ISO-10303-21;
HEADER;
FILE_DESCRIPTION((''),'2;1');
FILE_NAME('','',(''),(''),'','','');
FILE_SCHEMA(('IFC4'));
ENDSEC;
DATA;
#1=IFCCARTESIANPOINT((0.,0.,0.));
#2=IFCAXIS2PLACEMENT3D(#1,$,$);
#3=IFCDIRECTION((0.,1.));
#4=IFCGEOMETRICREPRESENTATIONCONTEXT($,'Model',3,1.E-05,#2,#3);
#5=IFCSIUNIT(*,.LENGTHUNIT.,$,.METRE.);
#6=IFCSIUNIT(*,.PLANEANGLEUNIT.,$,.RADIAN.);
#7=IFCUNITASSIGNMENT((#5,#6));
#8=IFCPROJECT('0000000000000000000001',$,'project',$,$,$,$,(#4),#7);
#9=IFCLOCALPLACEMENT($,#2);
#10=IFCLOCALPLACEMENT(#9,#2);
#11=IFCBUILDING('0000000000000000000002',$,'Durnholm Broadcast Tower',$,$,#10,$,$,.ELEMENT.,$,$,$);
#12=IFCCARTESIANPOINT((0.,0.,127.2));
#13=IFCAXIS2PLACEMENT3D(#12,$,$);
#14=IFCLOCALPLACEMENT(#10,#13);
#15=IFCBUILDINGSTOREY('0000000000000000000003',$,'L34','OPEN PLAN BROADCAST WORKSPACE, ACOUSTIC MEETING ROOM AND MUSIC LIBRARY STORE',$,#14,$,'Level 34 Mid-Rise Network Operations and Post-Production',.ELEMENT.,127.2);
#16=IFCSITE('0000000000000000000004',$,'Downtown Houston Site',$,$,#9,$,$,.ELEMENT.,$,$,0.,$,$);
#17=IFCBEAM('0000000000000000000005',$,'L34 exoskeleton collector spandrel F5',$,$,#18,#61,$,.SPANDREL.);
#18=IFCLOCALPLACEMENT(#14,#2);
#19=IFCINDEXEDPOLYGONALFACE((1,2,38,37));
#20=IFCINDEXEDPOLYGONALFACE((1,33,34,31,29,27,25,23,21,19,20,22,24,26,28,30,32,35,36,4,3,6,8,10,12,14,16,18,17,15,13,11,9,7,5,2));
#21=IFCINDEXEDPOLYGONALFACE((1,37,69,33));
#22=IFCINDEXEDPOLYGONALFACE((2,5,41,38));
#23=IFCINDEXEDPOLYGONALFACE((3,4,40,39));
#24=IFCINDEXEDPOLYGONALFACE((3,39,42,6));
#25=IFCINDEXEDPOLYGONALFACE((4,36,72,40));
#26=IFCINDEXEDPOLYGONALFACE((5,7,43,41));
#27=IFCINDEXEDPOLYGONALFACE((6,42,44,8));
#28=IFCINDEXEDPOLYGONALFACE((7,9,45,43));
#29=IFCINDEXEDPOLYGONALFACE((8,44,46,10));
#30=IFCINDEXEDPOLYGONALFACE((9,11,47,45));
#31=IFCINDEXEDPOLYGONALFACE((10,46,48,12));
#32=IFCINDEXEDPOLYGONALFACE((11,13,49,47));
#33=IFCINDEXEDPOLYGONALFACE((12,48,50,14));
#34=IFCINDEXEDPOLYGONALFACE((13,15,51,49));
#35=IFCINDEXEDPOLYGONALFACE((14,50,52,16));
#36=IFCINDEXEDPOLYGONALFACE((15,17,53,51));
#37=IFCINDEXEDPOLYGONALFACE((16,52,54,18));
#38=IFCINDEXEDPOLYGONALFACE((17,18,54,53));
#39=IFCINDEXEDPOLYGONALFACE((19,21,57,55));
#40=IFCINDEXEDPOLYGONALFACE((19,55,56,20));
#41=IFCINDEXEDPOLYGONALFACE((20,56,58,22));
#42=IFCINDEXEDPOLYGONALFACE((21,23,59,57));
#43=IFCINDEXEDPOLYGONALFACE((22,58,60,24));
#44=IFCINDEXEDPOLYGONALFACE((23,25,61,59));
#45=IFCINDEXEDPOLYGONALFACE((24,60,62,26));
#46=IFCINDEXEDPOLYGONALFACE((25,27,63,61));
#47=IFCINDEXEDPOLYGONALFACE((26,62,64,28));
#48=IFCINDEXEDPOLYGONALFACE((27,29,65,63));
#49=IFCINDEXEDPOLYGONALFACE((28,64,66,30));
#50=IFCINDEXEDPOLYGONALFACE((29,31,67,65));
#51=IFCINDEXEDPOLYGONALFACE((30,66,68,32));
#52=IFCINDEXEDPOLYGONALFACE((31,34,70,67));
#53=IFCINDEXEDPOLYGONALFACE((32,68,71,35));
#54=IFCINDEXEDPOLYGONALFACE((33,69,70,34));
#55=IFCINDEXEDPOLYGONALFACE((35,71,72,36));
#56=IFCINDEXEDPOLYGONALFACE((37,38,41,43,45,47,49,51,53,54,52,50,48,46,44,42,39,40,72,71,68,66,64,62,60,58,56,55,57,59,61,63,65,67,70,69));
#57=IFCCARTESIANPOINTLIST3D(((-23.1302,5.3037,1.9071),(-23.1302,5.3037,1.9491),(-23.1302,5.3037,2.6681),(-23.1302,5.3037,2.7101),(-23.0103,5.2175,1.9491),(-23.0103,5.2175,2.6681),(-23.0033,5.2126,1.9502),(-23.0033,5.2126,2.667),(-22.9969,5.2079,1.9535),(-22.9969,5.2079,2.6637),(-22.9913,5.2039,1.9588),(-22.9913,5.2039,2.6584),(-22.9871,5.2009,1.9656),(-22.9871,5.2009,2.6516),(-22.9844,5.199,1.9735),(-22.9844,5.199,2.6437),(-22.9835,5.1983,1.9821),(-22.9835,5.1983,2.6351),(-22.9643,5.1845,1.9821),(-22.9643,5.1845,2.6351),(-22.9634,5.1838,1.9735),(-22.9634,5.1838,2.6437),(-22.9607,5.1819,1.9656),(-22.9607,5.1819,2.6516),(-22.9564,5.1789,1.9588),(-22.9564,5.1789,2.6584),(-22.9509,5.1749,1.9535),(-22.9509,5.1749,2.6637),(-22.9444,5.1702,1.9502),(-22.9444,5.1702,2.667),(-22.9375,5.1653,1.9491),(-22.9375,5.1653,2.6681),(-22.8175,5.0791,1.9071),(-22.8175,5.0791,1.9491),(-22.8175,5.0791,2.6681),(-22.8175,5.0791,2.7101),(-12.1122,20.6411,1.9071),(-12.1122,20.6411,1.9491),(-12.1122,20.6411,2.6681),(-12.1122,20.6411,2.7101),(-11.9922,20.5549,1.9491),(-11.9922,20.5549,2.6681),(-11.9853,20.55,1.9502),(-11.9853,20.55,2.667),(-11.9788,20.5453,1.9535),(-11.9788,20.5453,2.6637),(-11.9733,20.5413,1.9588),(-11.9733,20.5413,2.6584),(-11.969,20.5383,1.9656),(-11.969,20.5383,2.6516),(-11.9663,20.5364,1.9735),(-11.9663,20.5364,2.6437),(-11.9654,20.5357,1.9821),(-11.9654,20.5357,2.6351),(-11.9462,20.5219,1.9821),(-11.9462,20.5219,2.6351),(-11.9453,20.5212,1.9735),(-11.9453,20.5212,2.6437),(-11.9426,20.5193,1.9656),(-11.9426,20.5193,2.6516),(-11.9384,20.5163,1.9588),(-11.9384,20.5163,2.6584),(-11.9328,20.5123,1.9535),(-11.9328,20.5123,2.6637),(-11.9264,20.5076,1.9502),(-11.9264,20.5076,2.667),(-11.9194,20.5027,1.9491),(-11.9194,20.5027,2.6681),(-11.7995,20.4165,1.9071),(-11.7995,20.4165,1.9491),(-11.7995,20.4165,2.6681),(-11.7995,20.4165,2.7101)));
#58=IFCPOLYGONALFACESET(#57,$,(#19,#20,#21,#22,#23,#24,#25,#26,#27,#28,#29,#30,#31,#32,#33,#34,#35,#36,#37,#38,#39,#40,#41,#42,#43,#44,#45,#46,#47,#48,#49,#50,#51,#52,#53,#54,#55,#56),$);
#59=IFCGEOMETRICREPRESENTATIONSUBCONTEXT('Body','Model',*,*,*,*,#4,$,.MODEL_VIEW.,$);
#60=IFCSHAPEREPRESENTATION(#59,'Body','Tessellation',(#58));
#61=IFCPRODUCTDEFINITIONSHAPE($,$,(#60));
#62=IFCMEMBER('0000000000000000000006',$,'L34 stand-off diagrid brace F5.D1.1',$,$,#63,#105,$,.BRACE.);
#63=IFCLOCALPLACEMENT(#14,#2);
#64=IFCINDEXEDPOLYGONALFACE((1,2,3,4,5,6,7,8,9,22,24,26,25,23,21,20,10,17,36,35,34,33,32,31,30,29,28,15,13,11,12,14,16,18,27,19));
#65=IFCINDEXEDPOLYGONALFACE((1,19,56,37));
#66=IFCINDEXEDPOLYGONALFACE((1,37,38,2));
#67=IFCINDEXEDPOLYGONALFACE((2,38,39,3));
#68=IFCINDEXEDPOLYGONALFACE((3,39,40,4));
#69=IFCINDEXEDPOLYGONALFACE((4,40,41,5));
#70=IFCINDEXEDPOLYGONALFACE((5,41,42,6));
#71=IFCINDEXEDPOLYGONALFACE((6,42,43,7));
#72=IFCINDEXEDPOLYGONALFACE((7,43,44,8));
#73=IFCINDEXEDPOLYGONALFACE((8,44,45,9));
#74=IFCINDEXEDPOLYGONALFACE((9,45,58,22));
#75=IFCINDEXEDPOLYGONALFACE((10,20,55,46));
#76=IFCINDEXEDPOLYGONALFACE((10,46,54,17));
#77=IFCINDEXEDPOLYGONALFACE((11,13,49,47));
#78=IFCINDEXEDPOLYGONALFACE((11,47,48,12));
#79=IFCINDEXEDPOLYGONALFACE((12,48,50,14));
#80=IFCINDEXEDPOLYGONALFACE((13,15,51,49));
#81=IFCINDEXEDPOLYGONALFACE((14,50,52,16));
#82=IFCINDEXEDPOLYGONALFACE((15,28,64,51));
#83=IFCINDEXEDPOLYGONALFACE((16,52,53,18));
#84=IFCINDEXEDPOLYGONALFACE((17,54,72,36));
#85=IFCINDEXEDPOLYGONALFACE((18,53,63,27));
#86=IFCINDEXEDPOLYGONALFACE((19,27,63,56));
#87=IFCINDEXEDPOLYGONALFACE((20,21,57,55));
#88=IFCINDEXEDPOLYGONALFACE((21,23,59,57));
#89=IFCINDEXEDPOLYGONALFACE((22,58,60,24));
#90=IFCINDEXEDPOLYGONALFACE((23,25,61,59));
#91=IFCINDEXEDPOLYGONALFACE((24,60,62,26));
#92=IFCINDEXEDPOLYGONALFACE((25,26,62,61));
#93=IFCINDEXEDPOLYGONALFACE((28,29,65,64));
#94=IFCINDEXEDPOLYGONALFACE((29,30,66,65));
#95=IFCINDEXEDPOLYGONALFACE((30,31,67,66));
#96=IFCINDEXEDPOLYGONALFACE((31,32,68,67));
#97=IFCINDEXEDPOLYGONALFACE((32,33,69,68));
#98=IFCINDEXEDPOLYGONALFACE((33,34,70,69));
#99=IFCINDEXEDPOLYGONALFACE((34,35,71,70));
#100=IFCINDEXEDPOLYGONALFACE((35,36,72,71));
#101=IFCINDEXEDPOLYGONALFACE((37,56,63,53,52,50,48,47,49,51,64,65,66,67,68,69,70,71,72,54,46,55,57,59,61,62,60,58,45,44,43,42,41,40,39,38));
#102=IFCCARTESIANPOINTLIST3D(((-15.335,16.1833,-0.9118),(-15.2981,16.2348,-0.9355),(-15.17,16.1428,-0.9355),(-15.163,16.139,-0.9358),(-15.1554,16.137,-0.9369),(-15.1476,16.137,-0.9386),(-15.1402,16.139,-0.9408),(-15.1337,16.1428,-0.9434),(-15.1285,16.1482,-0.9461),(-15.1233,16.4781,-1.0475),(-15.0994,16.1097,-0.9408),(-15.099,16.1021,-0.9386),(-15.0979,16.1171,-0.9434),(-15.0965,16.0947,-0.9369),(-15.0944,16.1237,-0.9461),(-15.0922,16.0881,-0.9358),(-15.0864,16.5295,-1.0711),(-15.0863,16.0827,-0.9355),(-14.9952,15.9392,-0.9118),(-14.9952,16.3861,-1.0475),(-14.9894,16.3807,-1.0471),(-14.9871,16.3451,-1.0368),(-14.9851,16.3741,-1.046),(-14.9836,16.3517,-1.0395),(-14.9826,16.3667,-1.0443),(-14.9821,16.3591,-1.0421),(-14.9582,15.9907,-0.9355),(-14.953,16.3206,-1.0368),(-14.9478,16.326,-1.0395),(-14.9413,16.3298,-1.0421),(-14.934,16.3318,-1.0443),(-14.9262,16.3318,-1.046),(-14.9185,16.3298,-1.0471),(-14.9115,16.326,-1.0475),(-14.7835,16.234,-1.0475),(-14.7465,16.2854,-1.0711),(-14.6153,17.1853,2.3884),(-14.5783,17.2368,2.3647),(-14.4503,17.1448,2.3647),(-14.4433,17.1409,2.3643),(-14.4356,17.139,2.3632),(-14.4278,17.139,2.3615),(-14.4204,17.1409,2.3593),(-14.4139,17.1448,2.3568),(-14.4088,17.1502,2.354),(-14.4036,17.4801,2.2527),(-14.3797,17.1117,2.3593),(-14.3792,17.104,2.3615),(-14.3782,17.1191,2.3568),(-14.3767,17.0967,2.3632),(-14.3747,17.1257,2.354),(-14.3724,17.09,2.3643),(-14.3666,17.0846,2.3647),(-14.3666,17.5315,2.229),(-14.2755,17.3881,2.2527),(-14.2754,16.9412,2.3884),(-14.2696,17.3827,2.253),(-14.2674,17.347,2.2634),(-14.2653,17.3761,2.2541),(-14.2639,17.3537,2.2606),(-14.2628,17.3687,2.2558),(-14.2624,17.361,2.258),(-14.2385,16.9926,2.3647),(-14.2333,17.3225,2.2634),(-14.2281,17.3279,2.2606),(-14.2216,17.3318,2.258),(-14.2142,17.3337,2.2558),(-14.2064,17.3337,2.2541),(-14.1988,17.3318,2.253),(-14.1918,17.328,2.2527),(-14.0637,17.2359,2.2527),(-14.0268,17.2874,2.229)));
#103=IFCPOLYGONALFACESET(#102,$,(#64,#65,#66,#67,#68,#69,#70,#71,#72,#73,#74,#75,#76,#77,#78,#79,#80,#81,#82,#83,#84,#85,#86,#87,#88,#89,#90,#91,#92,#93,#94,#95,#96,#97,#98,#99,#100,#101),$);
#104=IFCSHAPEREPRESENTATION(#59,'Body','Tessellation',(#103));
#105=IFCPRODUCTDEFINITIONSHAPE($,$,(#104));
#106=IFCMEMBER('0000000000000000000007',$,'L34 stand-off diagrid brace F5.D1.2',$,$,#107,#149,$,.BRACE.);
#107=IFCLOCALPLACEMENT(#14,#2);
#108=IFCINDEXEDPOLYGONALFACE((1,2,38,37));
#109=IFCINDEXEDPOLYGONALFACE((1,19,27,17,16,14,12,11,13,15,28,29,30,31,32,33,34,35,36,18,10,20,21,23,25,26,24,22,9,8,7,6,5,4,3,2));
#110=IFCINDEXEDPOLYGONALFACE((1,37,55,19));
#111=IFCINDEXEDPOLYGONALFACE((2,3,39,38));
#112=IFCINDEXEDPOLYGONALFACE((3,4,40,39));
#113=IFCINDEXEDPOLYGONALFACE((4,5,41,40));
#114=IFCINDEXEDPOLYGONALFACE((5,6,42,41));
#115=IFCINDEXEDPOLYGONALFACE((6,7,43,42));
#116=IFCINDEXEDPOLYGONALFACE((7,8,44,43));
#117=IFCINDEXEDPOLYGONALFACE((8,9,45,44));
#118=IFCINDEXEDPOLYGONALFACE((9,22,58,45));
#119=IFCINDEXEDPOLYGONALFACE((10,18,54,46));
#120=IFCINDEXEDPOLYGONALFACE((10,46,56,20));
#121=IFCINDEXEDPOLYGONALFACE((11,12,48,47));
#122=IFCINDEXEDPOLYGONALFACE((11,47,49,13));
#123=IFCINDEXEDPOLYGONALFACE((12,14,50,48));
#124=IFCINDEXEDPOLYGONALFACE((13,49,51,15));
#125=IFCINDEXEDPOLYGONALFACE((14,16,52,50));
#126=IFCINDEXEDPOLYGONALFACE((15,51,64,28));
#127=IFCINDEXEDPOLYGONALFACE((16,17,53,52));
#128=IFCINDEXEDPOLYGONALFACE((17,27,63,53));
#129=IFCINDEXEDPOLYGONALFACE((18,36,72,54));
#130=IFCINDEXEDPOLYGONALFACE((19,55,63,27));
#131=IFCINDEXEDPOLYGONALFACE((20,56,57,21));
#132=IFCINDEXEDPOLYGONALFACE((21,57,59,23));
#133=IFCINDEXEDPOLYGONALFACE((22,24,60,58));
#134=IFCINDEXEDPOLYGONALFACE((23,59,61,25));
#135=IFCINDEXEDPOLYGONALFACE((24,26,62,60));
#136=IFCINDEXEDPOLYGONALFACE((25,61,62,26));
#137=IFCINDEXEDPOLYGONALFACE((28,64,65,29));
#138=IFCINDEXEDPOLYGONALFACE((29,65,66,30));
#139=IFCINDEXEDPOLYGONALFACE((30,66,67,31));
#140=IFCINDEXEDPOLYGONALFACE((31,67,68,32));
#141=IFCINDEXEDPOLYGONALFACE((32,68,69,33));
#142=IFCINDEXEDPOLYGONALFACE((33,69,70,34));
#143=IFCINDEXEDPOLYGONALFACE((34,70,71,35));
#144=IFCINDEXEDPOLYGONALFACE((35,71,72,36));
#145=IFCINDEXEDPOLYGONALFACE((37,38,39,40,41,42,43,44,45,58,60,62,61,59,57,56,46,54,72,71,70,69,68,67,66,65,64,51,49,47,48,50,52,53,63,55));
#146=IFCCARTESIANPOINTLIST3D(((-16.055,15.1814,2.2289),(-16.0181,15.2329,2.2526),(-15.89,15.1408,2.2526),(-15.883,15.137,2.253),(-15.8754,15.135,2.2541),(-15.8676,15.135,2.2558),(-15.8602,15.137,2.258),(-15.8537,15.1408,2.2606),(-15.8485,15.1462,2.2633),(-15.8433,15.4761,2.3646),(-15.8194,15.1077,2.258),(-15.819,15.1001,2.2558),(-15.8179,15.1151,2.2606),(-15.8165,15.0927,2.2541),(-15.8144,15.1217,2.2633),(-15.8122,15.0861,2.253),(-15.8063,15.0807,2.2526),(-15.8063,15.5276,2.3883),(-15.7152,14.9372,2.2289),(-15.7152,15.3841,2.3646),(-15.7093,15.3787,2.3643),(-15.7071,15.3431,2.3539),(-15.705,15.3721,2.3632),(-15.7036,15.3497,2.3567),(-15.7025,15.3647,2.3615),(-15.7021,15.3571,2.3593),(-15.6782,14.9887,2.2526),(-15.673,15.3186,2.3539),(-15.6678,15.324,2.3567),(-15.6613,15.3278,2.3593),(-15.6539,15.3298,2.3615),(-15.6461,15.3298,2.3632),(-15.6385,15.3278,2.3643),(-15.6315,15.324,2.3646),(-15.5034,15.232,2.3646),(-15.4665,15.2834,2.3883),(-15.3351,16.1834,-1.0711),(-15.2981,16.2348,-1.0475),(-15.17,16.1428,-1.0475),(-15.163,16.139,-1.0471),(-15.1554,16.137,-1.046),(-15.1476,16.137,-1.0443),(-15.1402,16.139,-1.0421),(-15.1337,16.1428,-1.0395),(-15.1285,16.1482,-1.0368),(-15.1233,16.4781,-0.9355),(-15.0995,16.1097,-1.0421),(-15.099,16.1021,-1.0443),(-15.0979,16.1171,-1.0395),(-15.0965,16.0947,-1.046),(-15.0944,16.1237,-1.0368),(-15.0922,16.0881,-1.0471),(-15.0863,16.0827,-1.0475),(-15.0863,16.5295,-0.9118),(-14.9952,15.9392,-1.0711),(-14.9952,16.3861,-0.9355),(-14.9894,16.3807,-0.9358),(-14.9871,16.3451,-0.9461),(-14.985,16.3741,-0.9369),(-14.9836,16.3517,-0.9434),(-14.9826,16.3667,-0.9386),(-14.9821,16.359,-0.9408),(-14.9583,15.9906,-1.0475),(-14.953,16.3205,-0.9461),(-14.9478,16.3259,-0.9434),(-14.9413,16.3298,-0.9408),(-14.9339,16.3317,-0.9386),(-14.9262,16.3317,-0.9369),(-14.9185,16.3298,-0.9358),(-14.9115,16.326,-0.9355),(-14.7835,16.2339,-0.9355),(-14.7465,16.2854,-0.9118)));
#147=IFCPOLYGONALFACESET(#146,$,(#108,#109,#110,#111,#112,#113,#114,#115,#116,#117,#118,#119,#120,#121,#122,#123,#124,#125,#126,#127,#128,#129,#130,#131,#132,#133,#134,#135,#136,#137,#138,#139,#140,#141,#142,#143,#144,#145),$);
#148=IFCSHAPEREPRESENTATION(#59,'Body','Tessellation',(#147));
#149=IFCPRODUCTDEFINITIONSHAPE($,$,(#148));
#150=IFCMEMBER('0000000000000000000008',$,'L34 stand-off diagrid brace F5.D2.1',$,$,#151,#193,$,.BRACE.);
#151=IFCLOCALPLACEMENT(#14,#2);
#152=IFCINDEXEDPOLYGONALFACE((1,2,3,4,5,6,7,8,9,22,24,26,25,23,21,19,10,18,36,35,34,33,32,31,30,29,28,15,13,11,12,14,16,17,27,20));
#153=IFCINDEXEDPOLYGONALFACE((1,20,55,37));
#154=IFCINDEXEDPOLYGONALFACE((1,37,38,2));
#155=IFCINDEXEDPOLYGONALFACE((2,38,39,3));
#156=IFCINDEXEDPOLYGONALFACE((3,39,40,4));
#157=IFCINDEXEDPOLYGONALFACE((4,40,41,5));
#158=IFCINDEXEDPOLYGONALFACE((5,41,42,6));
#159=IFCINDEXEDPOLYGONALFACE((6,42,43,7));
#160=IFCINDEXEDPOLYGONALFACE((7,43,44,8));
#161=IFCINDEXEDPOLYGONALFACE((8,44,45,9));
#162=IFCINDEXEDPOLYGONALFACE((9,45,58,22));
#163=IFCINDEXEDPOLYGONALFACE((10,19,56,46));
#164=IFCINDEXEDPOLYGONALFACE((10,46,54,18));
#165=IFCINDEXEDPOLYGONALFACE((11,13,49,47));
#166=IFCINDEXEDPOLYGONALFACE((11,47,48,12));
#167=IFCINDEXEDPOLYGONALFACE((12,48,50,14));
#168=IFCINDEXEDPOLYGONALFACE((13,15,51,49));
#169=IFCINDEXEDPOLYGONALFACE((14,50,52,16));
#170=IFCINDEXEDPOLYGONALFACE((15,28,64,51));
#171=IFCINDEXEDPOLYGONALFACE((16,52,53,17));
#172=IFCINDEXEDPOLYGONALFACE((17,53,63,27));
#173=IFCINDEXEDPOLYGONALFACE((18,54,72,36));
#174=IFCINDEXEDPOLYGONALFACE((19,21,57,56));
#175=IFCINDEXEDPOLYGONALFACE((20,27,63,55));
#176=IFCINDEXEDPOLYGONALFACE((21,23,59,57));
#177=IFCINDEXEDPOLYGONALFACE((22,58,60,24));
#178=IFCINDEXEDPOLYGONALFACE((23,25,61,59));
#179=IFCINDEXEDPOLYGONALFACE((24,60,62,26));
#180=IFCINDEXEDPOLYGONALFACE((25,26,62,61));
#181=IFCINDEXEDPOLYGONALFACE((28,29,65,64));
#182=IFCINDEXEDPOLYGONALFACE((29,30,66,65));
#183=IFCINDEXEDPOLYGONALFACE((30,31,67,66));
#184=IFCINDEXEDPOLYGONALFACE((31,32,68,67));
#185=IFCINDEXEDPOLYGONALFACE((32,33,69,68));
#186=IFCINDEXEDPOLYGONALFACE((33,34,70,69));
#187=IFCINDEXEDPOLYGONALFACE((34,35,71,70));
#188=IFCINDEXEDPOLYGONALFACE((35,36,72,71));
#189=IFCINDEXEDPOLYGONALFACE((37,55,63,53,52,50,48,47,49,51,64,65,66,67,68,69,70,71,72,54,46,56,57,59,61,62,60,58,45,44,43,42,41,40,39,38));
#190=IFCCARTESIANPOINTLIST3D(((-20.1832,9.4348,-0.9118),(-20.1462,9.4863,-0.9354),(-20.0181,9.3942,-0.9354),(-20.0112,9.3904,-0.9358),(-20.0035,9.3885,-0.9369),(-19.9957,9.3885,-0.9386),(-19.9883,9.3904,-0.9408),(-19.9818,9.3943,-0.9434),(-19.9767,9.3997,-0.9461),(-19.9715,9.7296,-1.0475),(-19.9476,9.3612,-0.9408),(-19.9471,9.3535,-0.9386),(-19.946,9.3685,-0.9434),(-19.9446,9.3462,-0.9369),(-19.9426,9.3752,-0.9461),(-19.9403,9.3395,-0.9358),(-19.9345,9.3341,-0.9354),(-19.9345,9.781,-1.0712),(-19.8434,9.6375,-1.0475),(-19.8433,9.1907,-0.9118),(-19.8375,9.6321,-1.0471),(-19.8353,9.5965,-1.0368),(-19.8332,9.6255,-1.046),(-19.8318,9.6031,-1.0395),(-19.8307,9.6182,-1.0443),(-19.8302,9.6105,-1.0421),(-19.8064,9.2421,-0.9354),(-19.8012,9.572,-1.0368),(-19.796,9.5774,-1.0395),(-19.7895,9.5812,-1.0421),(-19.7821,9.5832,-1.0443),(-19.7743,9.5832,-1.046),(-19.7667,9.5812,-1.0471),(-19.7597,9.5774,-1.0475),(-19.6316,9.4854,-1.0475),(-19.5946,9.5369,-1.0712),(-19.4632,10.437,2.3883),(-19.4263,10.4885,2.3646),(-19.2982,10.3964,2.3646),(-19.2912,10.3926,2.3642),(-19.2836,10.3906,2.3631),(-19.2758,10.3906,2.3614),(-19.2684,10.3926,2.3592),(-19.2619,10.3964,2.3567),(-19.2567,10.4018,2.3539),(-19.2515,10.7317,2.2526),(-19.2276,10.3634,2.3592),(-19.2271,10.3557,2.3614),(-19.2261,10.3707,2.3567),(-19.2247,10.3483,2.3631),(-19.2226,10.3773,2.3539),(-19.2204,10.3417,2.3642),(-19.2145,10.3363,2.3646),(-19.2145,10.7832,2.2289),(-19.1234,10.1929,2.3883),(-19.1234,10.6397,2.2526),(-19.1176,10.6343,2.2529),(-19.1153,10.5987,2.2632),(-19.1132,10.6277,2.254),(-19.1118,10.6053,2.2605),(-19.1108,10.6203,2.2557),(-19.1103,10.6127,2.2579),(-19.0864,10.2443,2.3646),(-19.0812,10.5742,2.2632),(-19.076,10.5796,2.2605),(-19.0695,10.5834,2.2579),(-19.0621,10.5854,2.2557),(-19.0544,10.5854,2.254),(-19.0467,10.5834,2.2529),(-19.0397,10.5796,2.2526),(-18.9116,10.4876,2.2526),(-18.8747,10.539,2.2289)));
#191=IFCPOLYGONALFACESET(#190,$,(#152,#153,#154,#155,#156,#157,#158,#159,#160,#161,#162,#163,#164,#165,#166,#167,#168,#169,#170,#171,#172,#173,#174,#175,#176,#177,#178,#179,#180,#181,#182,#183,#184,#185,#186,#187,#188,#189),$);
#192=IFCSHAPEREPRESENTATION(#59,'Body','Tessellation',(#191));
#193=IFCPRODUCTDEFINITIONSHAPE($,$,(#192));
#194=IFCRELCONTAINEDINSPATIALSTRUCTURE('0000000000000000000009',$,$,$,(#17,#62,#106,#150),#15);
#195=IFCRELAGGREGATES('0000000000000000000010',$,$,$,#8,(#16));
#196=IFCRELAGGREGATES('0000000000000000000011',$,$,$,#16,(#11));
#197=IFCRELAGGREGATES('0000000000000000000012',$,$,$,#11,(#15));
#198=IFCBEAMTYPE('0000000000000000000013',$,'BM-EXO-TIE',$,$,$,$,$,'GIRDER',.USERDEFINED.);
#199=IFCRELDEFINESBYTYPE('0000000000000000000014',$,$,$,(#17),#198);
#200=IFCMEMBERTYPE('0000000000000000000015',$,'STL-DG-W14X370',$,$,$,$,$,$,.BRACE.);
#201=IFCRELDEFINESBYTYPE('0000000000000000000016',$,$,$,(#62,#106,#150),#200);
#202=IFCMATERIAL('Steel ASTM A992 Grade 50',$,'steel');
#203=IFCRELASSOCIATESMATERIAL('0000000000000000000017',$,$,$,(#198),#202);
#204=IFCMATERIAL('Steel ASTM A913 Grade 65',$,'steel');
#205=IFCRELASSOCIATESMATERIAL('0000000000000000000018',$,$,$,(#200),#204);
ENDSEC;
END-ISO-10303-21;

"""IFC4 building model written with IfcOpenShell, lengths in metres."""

from ifc_helpers import new_model, si_unit, direction, frame, origin, origin_2d, place, context, subcontext, project, spatial, i_section, extrude, source, transform, mapped, material, material_profile, profile_set, type_object, type_shapes, element, save


model = new_model("IFC4")

# Units and contexts
model_context = context("Model", 3, precision=1e-05, world=origin(), true_north=direction((0.0, 1.0)))
body_context = subcontext(model_context, "Body", "Model", "MODEL_VIEW")
ifc_project = project(units=[si_unit("LENGTHUNIT", "METRE"), si_unit("PLANEANGLEUNIT", "RADIAN")], contexts=[model_context])

# Site, building, storey
site_placement = place(None, origin())
site = spatial("IfcSite", under=ifc_project, at=site_placement, Name="Downtown Houston Site", CompositionType="ELEMENT", RefElevation=0.0)
building_placement = place(site_placement, origin())
building = spatial("IfcBuilding", under=site, at=building_placement, Name="Durnholm Broadcast Tower", CompositionType="ELEMENT")
storey_placement = place(building_placement, frame((0.0, 0.0, 127.2)))
storey = spatial("IfcBuildingStorey", under=building, at=storey_placement, Name="L34", Description="OPEN PLAN BROADCAST WORKSPACE, ACOUSTIC MEETING ROOM AND MUSIC LIBRARY STORE", LongName="Level 34 Mid-Rise Network Operations and Post-Production", CompositionType="ELEMENT", Elevation=127.2)

# Beam
ifc_material_1 = material(Name="Steel ASTM A992 Grade 50", Category="steel")
ifc_material_profile_1 = material_profile(ifc_material_1, i_section(OverallWidth=0.385, OverallDepth=0.803, WebThickness=0.0237, FlangeThickness=0.042, FilletRadius=0.033, at=origin_2d()), Name="W30X261")
ifc_profile_set_1 = profile_set([ifc_material_profile_1], Name="Steel ASTM A992 Grade 50")
beam_type = type_object("IfcBeamType", Name="BM-EXO-TIE", ElementType="GIRDER", PredefinedType="USERDEFINED", material=ifc_profile_set_1)
shared_shape_1 = source(origin(), body_context, "Body", "SweptSolid", [
    extrude(i_section(OverallWidth=0.385, OverallDepth=0.803, WebThickness=0.0237, FlangeThickness=0.042, FilletRadius=0.033, at=origin_2d()), origin(), (0.0, 0.0, 1.0), 18.8848),
])
type_shapes(beam_type, [shared_shape_1])
beam_placement = place(storey_placement, frame((-11.9558, 20.5288, 2.3086), z_axis=(-0.583437, -0.812158, 0.0), x_axis=(0.812158, -0.583437, 0.0)))
element("IfcBeam", 1, at=beam_placement, inside=storey, type_object=beam_type, Name="L34 exoskeleton collector spandrel F5", PredefinedType="SPANDREL", context=body_context, shape_type="MappedRepresentation", body=[
    mapped(shared_shape_1, transform((0.0, 0.0, 0.0), x_axis=(1.0, 0.0, 0.0), y_axis=(0.0, 1.0, 0.0), z_axis=(0.0, 0.0, 1.0), scale=1.0)),
])

# Members
ifc_material_2 = material(Name="Steel ASTM A913 Grade 65", Category="steel")
ifc_material_profile_2 = material_profile(ifc_material_2, i_section(OverallWidth=0.4185, OverallDepth=0.4551, WebThickness=0.042, FlangeThickness=0.0676, FilletRadius=0.0305, at=origin_2d()), Name="W14X370")
ifc_profile_set_2 = profile_set([ifc_material_profile_2], Name="Steel ASTM A913 Grade 65")
member_type_1 = type_object("IfcMemberType", Name="STL-DG-W14X370", PredefinedType="BRACE", material=ifc_profile_set_2)
shared_shape_2 = source(origin(), body_context, "Body", "SweptSolid", [
    extrude(i_section(OverallWidth=0.4185, OverallDepth=0.4551, WebThickness=0.042, FlangeThickness=0.0676, FilletRadius=0.0305, at=origin_2d()), origin(), (0.0, 0.0, 1.0), 3.5232),
])
type_shapes(member_type_1, [shared_shape_2])
for number, where, z_axis, x_axis, name in (
    (2, (-15.0408, 16.2344, -0.9915), (0.204288, 0.284395, 0.936689), (-0.812179, 0.583408, 0.0), "L34 stand-off diagrid brace F5.D1.1"),
    (3, (-15.0408, 16.2344, -0.9915), (-0.204354, -0.284391, 0.936675), (0.812086, -0.583538, 0.0), "L34 stand-off diagrid brace F5.D1.2"),
    (4, (-19.8889, 9.4858, -0.9915), (0.20435, 0.284455, 0.936657), (-0.812153, 0.583444, 0.0), "L34 stand-off diagrid brace F5.D2.1"),
):
    element("IfcMember", number, at=place(storey_placement, frame(where, z_axis=z_axis, x_axis=x_axis)), inside=storey, type_object=member_type_1, Name=name, PredefinedType="BRACE", context=body_context, shape_type="MappedRepresentation", body=[
        mapped(shared_shape_2, transform((0.0, 0.0, 0.0), x_axis=(1.0, 0.0, 0.0), y_axis=(0.0, 1.0, 0.0), z_axis=(0.0, 0.0, 1.0), scale=1.0)),
    ])

save(model, "model.ifc")
